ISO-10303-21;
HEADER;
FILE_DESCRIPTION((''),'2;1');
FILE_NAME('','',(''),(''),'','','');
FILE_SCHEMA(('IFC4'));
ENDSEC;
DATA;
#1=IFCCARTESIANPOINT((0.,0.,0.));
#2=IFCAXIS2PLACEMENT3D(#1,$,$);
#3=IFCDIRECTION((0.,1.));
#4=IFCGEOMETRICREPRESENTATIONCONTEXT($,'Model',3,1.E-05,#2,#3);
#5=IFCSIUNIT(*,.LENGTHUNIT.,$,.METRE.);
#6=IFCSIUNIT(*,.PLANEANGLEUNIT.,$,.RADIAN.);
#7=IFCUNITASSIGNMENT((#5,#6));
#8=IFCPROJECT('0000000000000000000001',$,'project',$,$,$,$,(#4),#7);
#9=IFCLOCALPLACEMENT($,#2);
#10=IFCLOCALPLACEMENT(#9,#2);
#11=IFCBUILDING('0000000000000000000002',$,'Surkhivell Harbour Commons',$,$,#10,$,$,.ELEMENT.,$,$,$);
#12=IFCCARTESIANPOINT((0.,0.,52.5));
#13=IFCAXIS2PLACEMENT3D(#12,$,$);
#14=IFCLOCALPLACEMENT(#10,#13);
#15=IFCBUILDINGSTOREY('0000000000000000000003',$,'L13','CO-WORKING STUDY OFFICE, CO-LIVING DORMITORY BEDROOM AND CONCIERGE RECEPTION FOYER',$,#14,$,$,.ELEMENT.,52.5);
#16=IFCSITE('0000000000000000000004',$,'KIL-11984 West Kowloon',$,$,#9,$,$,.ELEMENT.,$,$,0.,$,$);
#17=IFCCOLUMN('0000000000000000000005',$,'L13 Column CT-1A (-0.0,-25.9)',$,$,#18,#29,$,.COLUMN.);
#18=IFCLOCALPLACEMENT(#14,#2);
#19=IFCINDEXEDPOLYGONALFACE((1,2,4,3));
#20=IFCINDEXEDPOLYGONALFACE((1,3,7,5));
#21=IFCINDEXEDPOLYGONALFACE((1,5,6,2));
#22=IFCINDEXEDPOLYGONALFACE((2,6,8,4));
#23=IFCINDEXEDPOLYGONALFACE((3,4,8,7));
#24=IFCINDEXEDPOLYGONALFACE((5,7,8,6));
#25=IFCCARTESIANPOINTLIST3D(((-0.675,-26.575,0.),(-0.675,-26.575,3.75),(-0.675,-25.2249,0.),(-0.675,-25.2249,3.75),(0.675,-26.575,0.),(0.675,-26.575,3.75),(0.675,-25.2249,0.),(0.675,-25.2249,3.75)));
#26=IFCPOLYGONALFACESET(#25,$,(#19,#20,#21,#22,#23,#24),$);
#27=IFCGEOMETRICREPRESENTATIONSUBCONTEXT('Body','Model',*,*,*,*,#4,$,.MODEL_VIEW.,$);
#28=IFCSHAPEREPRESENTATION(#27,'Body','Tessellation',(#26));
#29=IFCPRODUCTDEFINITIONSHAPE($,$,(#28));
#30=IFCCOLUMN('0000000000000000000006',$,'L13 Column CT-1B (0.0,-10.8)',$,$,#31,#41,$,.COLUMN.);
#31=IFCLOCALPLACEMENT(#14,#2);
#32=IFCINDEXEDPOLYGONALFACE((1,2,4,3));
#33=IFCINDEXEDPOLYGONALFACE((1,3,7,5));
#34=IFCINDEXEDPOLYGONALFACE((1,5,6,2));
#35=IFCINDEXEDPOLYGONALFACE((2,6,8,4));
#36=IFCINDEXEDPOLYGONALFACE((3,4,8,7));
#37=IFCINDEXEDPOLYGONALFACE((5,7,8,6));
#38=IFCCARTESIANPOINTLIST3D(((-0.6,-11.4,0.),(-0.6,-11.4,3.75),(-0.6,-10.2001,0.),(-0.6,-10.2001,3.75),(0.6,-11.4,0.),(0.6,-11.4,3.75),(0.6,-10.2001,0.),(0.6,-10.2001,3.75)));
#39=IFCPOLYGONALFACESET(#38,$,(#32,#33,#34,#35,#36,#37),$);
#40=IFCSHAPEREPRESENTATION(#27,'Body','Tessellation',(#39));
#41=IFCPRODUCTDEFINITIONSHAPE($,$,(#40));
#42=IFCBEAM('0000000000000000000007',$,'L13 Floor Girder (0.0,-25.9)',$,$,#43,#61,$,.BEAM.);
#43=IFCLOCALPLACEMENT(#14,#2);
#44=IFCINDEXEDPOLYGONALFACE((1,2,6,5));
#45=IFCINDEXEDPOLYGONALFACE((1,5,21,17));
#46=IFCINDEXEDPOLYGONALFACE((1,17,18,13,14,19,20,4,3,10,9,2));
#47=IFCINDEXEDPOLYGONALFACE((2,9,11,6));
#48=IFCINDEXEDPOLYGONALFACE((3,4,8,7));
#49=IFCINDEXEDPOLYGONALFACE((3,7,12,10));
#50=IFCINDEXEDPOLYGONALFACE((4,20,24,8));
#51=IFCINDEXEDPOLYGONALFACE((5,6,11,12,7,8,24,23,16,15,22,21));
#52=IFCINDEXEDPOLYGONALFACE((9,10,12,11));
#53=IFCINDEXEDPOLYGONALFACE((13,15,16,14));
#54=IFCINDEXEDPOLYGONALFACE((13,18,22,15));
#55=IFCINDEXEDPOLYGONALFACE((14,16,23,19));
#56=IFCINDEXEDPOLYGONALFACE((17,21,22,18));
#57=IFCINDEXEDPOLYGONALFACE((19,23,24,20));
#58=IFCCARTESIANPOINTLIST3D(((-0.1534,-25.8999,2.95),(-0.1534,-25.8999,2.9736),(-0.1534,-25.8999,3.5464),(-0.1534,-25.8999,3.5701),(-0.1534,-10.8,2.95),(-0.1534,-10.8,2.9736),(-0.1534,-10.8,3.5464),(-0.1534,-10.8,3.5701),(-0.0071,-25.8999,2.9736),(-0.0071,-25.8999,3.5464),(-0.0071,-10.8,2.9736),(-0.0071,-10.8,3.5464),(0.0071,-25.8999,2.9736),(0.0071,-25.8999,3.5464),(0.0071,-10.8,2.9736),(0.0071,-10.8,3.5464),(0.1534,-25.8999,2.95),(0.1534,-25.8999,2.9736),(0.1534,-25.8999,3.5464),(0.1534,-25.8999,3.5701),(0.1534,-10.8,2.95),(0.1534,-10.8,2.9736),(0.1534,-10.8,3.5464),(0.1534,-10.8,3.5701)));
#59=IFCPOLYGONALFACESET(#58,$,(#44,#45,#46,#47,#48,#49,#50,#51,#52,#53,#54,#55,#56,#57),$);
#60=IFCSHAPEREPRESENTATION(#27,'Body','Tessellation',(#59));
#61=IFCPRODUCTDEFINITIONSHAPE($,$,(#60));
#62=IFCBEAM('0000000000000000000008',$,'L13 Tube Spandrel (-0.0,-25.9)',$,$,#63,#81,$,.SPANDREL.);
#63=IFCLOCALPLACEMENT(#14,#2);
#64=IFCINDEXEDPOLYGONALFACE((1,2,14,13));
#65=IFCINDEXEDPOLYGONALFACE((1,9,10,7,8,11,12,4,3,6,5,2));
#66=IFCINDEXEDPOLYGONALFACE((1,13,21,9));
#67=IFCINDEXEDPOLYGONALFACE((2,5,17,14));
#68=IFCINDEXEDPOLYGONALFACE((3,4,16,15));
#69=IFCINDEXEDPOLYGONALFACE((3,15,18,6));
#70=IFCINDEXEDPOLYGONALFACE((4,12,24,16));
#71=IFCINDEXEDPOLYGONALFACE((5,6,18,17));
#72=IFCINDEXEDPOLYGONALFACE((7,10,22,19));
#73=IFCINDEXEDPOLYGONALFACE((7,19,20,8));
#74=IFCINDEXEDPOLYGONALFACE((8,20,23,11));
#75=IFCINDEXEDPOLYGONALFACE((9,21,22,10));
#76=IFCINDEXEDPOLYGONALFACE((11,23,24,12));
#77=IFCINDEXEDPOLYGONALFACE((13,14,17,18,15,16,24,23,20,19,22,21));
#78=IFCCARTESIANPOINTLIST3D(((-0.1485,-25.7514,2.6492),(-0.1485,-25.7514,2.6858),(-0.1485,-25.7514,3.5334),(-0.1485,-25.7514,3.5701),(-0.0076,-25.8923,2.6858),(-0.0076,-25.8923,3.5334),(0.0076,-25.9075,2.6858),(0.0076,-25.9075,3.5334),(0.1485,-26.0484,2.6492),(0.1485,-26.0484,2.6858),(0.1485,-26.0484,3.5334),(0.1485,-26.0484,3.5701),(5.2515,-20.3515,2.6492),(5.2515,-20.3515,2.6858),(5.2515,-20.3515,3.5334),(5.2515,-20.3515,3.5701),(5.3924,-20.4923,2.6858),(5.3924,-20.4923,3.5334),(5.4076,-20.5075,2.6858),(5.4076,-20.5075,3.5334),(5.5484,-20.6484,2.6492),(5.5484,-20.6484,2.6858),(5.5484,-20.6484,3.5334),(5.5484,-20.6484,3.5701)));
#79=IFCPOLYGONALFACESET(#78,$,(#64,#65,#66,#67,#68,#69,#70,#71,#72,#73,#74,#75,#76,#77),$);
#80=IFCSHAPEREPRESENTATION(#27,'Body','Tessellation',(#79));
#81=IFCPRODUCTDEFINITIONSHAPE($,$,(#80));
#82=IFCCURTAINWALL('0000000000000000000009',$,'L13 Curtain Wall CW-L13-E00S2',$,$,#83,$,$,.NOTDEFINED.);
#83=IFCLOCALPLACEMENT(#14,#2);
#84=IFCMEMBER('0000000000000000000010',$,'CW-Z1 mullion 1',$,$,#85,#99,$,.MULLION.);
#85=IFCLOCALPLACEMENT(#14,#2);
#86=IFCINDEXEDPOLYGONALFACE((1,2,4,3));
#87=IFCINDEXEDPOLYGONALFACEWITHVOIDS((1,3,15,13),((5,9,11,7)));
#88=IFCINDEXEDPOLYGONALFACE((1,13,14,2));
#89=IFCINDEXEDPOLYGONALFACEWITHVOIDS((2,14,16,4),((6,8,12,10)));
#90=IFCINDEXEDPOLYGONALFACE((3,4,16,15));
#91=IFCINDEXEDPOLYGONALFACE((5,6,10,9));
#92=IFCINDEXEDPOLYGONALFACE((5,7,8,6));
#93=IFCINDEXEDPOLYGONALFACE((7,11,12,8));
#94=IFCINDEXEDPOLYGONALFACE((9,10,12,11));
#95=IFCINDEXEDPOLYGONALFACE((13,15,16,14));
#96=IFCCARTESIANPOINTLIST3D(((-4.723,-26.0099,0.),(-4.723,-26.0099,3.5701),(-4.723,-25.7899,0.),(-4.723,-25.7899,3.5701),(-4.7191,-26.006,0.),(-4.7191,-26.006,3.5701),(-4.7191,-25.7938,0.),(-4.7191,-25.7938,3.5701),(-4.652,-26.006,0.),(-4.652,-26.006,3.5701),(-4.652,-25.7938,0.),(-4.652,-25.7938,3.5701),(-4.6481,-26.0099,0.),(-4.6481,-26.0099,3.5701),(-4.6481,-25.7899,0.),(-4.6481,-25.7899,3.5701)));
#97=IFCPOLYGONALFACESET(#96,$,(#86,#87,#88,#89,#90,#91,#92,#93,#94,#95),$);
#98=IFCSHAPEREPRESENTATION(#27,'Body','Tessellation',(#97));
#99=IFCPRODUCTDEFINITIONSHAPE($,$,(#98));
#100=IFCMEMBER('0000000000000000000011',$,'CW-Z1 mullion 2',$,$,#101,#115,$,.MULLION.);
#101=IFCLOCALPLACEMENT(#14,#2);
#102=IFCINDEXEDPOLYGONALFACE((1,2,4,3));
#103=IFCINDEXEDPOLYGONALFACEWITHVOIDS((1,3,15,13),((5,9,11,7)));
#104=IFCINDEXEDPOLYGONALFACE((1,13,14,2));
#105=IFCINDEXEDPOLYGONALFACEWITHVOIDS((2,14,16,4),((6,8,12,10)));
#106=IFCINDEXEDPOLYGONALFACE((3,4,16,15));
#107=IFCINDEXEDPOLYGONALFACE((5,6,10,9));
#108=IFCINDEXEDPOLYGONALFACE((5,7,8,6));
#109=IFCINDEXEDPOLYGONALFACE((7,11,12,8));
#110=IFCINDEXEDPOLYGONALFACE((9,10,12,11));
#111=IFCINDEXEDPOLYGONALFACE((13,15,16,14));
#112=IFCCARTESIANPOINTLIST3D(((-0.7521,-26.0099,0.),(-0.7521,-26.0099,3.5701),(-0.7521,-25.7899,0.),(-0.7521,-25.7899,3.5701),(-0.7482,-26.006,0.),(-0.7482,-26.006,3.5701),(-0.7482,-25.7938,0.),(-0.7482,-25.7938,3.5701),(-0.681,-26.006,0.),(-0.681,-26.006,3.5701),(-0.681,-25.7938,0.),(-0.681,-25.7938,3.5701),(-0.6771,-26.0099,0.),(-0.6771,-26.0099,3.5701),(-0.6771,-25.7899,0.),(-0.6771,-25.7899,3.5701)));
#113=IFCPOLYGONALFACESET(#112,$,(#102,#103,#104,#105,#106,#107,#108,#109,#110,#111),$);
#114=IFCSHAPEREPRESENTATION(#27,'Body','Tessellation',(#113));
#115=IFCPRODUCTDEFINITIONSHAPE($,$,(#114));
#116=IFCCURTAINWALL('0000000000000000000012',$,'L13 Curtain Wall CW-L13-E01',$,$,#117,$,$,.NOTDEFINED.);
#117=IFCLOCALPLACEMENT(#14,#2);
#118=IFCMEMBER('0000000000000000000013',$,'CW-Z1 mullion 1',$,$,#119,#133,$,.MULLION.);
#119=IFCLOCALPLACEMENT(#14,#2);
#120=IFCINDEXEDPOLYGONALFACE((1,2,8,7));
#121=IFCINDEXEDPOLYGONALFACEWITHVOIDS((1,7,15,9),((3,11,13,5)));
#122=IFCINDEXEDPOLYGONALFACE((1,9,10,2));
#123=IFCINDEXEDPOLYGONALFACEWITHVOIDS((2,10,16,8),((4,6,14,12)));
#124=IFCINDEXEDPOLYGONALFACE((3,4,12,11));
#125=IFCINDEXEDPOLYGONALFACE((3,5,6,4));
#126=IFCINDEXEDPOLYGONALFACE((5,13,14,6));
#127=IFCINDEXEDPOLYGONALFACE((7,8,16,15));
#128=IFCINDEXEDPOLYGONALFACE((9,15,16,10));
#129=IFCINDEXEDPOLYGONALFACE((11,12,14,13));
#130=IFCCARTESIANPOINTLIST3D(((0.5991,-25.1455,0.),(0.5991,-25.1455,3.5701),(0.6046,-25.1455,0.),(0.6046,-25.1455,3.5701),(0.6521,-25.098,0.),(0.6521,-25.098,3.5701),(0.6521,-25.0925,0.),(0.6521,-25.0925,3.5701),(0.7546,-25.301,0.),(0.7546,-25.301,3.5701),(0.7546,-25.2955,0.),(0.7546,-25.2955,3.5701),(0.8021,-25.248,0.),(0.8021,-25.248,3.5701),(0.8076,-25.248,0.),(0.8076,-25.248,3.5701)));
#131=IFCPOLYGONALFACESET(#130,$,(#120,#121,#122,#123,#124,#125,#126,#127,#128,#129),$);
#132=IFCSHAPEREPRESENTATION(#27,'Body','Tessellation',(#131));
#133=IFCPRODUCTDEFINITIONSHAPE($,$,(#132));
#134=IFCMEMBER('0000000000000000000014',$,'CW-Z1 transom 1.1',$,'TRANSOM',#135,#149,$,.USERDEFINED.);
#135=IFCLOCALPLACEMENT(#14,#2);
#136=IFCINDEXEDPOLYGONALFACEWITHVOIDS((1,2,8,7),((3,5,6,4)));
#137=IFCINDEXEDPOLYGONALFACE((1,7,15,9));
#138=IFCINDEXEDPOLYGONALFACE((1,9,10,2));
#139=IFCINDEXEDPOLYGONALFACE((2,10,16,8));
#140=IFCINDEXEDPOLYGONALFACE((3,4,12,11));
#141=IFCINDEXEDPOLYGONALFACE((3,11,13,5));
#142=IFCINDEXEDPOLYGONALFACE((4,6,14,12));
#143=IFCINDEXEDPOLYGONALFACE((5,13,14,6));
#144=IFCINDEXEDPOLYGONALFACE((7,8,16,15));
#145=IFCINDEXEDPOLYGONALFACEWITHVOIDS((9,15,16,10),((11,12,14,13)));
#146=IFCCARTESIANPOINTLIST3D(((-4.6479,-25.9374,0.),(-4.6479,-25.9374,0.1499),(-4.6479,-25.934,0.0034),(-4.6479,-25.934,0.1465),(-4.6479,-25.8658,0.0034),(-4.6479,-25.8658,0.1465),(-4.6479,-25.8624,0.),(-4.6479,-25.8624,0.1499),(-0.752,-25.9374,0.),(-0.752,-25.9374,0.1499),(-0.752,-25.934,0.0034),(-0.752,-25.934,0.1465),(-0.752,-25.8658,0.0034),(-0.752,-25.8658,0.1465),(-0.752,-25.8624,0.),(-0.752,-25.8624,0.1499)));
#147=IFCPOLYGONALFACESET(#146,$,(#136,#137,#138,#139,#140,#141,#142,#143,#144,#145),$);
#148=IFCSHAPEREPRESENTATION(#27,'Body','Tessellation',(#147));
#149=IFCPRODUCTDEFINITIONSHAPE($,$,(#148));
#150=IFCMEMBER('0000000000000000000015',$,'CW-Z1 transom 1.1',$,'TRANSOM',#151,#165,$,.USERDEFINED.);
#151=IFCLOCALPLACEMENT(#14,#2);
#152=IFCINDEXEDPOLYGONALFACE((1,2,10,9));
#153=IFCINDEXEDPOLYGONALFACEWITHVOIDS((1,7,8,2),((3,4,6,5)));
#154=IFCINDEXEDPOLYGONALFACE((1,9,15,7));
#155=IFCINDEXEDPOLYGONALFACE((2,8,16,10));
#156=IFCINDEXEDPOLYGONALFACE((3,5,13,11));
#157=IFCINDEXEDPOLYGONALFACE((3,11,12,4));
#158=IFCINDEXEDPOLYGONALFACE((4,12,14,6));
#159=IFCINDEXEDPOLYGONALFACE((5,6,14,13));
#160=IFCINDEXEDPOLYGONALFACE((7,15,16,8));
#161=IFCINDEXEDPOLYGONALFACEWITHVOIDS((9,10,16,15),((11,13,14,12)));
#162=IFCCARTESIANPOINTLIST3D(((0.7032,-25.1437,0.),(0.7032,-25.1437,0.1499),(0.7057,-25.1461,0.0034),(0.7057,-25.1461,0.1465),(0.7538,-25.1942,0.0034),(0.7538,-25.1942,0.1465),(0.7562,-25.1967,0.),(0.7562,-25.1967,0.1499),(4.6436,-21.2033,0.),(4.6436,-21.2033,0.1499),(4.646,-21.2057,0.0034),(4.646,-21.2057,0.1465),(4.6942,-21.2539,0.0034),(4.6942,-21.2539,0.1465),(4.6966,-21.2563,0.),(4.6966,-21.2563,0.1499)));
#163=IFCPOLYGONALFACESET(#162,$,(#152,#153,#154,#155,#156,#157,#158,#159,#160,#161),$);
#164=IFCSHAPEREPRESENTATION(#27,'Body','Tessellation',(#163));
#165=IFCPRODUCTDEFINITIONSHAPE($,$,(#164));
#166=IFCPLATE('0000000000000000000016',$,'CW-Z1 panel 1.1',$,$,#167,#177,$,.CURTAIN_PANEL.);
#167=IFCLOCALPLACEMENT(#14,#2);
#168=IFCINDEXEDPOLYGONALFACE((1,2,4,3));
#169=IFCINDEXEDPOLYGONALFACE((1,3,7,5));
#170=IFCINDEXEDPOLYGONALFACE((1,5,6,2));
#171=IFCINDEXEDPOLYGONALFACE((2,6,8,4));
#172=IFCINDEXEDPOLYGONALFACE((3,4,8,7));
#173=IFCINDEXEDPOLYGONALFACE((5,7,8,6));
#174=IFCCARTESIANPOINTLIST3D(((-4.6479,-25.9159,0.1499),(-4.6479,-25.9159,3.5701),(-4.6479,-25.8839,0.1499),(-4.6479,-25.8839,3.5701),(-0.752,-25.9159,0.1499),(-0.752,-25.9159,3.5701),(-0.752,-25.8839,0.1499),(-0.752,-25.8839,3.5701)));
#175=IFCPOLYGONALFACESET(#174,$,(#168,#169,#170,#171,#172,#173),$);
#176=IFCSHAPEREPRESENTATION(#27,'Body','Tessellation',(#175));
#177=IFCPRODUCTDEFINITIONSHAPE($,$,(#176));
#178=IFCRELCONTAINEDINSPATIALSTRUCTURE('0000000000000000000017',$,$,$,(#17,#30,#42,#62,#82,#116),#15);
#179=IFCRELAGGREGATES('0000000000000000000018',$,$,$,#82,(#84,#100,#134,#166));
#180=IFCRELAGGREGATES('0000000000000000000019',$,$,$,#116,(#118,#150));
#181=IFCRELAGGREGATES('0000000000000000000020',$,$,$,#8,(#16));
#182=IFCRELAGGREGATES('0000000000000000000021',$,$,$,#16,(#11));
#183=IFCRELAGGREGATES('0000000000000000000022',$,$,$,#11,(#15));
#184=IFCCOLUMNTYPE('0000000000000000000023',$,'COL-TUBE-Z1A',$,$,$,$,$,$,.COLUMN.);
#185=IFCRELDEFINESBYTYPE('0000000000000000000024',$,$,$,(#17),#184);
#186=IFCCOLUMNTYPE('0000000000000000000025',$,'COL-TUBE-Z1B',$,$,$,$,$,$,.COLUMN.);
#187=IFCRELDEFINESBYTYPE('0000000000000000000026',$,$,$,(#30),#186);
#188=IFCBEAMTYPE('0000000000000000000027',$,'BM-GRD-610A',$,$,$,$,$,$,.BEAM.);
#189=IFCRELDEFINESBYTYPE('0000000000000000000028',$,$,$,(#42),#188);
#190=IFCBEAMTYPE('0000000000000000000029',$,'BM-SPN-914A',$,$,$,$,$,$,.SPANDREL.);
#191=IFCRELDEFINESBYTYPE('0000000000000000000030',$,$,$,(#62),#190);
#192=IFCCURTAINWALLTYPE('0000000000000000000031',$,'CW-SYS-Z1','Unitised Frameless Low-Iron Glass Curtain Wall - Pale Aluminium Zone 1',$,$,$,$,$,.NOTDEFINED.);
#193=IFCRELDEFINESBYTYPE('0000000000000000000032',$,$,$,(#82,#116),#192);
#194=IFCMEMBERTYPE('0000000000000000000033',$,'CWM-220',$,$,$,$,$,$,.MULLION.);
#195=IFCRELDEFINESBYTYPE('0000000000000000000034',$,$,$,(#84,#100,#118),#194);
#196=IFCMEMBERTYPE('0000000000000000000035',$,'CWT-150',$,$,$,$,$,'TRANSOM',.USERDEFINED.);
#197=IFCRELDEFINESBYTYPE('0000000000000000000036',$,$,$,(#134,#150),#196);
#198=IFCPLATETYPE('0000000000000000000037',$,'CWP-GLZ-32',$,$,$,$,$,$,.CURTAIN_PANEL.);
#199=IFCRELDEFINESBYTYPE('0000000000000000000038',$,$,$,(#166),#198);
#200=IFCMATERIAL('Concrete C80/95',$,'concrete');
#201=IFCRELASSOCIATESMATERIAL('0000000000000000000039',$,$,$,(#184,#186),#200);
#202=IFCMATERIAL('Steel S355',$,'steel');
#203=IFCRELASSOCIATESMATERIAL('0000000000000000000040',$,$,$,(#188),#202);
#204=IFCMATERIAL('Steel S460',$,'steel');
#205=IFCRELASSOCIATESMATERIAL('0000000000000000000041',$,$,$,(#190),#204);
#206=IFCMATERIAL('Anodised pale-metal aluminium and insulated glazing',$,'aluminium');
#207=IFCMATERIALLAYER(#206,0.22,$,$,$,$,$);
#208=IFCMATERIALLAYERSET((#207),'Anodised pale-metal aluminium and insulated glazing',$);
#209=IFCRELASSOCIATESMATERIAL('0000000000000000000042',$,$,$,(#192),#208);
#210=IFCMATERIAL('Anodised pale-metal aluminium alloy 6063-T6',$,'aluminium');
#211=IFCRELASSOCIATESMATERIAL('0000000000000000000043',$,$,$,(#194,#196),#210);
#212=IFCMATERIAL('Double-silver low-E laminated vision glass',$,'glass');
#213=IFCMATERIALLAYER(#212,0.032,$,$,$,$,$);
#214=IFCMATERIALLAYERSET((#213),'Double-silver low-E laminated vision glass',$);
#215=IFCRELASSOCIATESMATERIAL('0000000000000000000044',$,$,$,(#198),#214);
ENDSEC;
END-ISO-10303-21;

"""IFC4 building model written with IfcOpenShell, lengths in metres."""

from ifc_helpers import new_model, si_unit, direction, frame, frame_2d, origin, origin_2d, place, context, subcontext, project, spatial, rectangle, hollow_rectangle, i_section, extrude, material, layer, layer_set, material_profile, profile_set, type_object, element, aggregate, save


model = new_model("IFC4")

# Units and contexts
model_context = context("Model", 3, precision=1e-05, world=origin(), true_north=direction((0.0, 1.0)))
body_context = subcontext(model_context, "Body", "Model", "MODEL_VIEW")
ifc_project = project(units=[si_unit("LENGTHUNIT", "METRE"), si_unit("PLANEANGLEUNIT", "RADIAN")], contexts=[model_context])

# Site, building, storey
site_placement = place(None, origin())
site = spatial("IfcSite", under=ifc_project, at=site_placement, Name="KIL-11984 West Kowloon", CompositionType="ELEMENT", RefElevation=0.0)
building_placement = place(site_placement, origin())
building = spatial("IfcBuilding", under=site, at=building_placement, Name="Surkhivell Harbour Commons", CompositionType="ELEMENT")
storey_placement = place(building_placement, frame((0.0, 0.0, 52.5)))
storey = spatial("IfcBuildingStorey", under=building, at=storey_placement, Name="L13", Description="CO-WORKING STUDY OFFICE, CO-LIVING DORMITORY BEDROOM AND CONCIERGE RECEPTION FOYER", CompositionType="ELEMENT", Elevation=52.5)

# Columns
ifc_material_1 = material(Name="Concrete C80/95", Category="concrete")
ifc_material_profile_1 = material_profile(ifc_material_1, rectangle(XDim=1.3501, YDim=1.3501, at=origin_2d()), Name="RC-COL-1350x1350")
ifc_profile_set_1 = profile_set([ifc_material_profile_1], Name="Concrete C80/95")
column_type_1 = type_object("IfcColumnType", Name="COL-TUBE-Z1A", PredefinedType="COLUMN", material=ifc_profile_set_1)
column_1_placement = place(storey_placement, frame((0.0, -25.8999, 0.0), z_axis=(0.0, 0.0, 1.0), x_axis=(1.0, 0.0, 0.0)))
element("IfcColumn", 1, at=column_1_placement, inside=storey, type_object=column_type_1, Name="L13 Column CT-1A (-0.0,-25.9)", PredefinedType="COLUMN", context=body_context, shape_type="SweptSolid", body=[
    extrude(rectangle(XDim=1.3501, YDim=1.3501, at=origin_2d()), origin(), (0.0, 0.0, 1.0), 3.75),
])
ifc_material_profile_2 = material_profile(ifc_material_1, rectangle(XDim=1.2, YDim=1.2, at=origin_2d()), Name="RC-COL-1200x1200")
ifc_profile_set_2 = profile_set([ifc_material_profile_2], Name="Concrete C80/95")
column_type_2 = type_object("IfcColumnType", Name="COL-TUBE-Z1B", PredefinedType="COLUMN", material=ifc_profile_set_2)
column_2_placement = place(storey_placement, frame((0.0, -10.8, 0.0), z_axis=(0.0, 0.0, 1.0), x_axis=(1.0, 0.0, 0.0)))
element("IfcColumn", 2, at=column_2_placement, inside=storey, type_object=column_type_2, Name="L13 Column CT-1B (0.0,-10.8)", PredefinedType="COLUMN", context=body_context, shape_type="SweptSolid", body=[
    extrude(rectangle(XDim=1.2, YDim=1.2, at=origin_2d()), origin(), (0.0, 0.0, 1.0), 3.75),
])

# Beams
ifc_material_2 = material(Name="Steel S355", Category="steel")
ifc_material_profile_3 = material_profile(ifc_material_2, i_section(OverallWidth=0.3069, OverallDepth=0.6201, WebThickness=0.0142, FlangeThickness=0.0237, at=origin_2d()), Name="UB610x305x179")
ifc_profile_set_3 = profile_set([ifc_material_profile_3], Name="Steel S355")
beam_type_1 = type_object("IfcBeamType", Name="BM-GRD-610A", PredefinedType="BEAM", material=ifc_profile_set_3)
beam_1_placement = place(storey_placement, frame((0.0, -25.8999, 3.26), z_axis=(0.0, 1.0, 0.0), x_axis=(-1.0, 0.0, 0.0)))
element("IfcBeam", 3, at=beam_1_placement, inside=storey, type_object=beam_type_1, Name="L13 Floor Girder (0.0,-25.9)", PredefinedType="BEAM", context=body_context, shape_type="SweptSolid", body=[
    extrude(i_section(OverallWidth=0.3069, OverallDepth=0.6201, WebThickness=0.0142, FlangeThickness=0.0237, at=origin_2d()), origin(), (0.0, 0.0, 1.0), 15.0999),
])
ifc_material_3 = material(Name="Steel S460", Category="steel")
ifc_material_profile_4 = material_profile(ifc_material_3, i_section(OverallWidth=0.4199, OverallDepth=0.9209, WebThickness=0.0215, FlangeThickness=0.0366, at=origin_2d()), Name="UB914x419x388")
ifc_profile_set_4 = profile_set([ifc_material_profile_4], Name="Steel S460")
beam_type_2 = type_object("IfcBeamType", Name="BM-SPN-914A", PredefinedType="SPANDREL", material=ifc_profile_set_4)
beam_2_placement = place(storey_placement, frame((0.0, -25.8999, 3.1096), z_axis=(0.707107, 0.707107, 0.0), x_axis=(-0.707107, 0.707107, 0.0)))
element("IfcBeam", 4, at=beam_2_placement, inside=storey, type_object=beam_type_2, Name="L13 Tube Spandrel (-0.0,-25.9)", PredefinedType="SPANDREL", context=body_context, shape_type="SweptSolid", body=[
    extrude(i_section(OverallWidth=0.4199, OverallDepth=0.9209, WebThickness=0.0215, FlangeThickness=0.0366, at=origin_2d()), origin(), (0.0, 0.0, 1.0), 7.6367),
])

# Curtain wall, members
ifc_material_4 = material(Name="Anodised pale-metal aluminium and insulated glazing", Category="aluminium")
ifc_layer_1 = layer(ifc_material_4, 0.22)
ifc_layer_set_1 = layer_set([ifc_layer_1], Name="Anodised pale-metal aluminium and insulated glazing")
curtain_wall_type = type_object("IfcCurtainWallType", Name="CW-SYS-Z1", Description="Unitised Frameless Low-Iron Glass Curtain Wall - Pale Aluminium Zone 1", PredefinedType="NOTDEFINED", material=ifc_layer_set_1)
curtain_wall_1_placement = place(storey_placement, origin())
curtain_wall_1 = element("IfcCurtainWall", 5, at=curtain_wall_1_placement, inside=storey, type_object=curtain_wall_type, Name="L13 Curtain Wall CW-L13-E00S2", PredefinedType="NOTDEFINED")
ifc_material_5 = material(Name="Anodised pale-metal aluminium alloy 6063-T6", Category="aluminium")
ifc_material_profile_5 = material_profile(ifc_material_5, hollow_rectangle(XDim=0.075, YDim=0.22, WallThickness=0.0039, at=origin_2d()), Name="ALU-MULL-75x220")
ifc_profile_set_5 = profile_set([ifc_material_profile_5], Name="Anodised pale-metal aluminium alloy 6063-T6")
member_type_1 = type_object("IfcMemberType", Name="CWM-220", PredefinedType="MULLION", material=ifc_profile_set_5)
member_1_placement = place(storey_placement, frame((-4.6855, -25.8999, 0.0), z_axis=(0.0, 0.0, 1.0), x_axis=(1.0, 0.0, 0.0)))
member_1 = element("IfcMember", 6, at=member_1_placement, type_object=member_type_1, Name="CW-Z1 mullion 1", PredefinedType="MULLION", context=body_context, shape_type="SweptSolid", body=[
    extrude(hollow_rectangle(XDim=0.075, YDim=0.22, WallThickness=0.0039, at=origin_2d()), origin(), (0.0, 0.0, 1.0), 3.5701),
])
member_2_placement = place(storey_placement, frame((-0.7146, -25.8999, 0.0), z_axis=(0.0, 0.0, 1.0), x_axis=(1.0, 0.0, 0.0)))
member_2 = element("IfcMember", 7, at=member_2_placement, type_object=member_type_1, Name="CW-Z1 mullion 2", PredefinedType="MULLION", context=body_context, shape_type="SweptSolid", body=[
    extrude(hollow_rectangle(XDim=0.075, YDim=0.22, WallThickness=0.0039, at=origin_2d()), origin(), (0.0, 0.0, 1.0), 3.5701),
])

# Curtain wall, member
curtain_wall_2_placement = place(storey_placement, origin())
curtain_wall_2 = element("IfcCurtainWall", 8, at=curtain_wall_2_placement, inside=storey, type_object=curtain_wall_type, Name="L13 Curtain Wall CW-L13-E01", PredefinedType="NOTDEFINED")
member_3_placement = place(storey_placement, frame((0.7034, -25.1968, 0.0), z_axis=(0.0, 0.0, 1.0), x_axis=(0.707107, 0.707107, 0.0)))
member_3 = element("IfcMember", 9, at=member_3_placement, type_object=member_type_1, Name="CW-Z1 mullion 1", PredefinedType="MULLION", context=body_context, shape_type="SweptSolid", body=[
    extrude(hollow_rectangle(XDim=0.075, YDim=0.22, WallThickness=0.0039, at=origin_2d()), origin(), (0.0, 0.0, 1.0), 3.5701),
])

# Members
ifc_material_profile_6 = material_profile(ifc_material_5, hollow_rectangle(XDim=0.075, YDim=0.1499, WallThickness=0.0034, at=origin_2d()), Name="ALU-TRAN-75x150")
ifc_profile_set_6 = profile_set([ifc_material_profile_6], Name="Anodised pale-metal aluminium alloy 6063-T6")
member_type_2 = type_object("IfcMemberType", Name="CWT-150", ElementType="TRANSOM", PredefinedType="USERDEFINED", material=ifc_profile_set_6)
member_4_placement = place(storey_placement, frame((-4.6479, -25.8999, 0.075), z_axis=(1.0, 0.0, 0.0), x_axis=(0.0, 1.0, 0.0)))
member_4 = element("IfcMember", 10, at=member_4_placement, type_object=member_type_2, Name="CW-Z1 transom 1.1", ObjectType="TRANSOM", PredefinedType="USERDEFINED", context=body_context, shape_type="SweptSolid", body=[
    extrude(hollow_rectangle(XDim=0.075, YDim=0.1499, WallThickness=0.0034, at=origin_2d()), origin(), (0.0, 0.0, 1.0), 3.896),
])
member_5_placement = place(storey_placement, frame((0.7297, -25.1702, 0.075), z_axis=(0.707107, 0.707107, 0.0), x_axis=(-0.707107, 0.707107, 0.0)))
member_5 = element("IfcMember", 11, at=member_5_placement, type_object=member_type_2, Name="CW-Z1 transom 1.1", ObjectType="TRANSOM", PredefinedType="USERDEFINED", context=body_context, shape_type="SweptSolid", body=[
    extrude(hollow_rectangle(XDim=0.075, YDim=0.1499, WallThickness=0.0034, at=origin_2d()), origin(), (0.0, 0.0, 1.0), 5.5725),
])

# Plate
ifc_material_6 = material(Name="Double-silver low-E laminated vision glass", Category="glass")
ifc_layer_2 = layer(ifc_material_6, 0.032)
ifc_layer_set_2 = layer_set([ifc_layer_2], Name="Double-silver low-E laminated vision glass")
plate_type = type_object("IfcPlateType", Name="CWP-GLZ-32", PredefinedType="CURTAIN_PANEL", material=ifc_layer_set_2)
plate_1_placement = place(storey_placement, frame((-4.6479, -25.8999, 0.1499), z_axis=(0.0, 0.0, 1.0), x_axis=(1.0, 0.0, 0.0)))
plate_1 = element("IfcPlate", 12, at=plate_1_placement, type_object=plate_type, Name="CW-Z1 panel 1.1", PredefinedType="CURTAIN_PANEL", context=body_context, shape_type="SweptSolid", body=[
    extrude(rectangle(XDim=3.896, YDim=0.032, at=frame_2d((1.948, 0.0))), origin(), (0.0, 0.0, 1.0), 3.4202),
])
aggregate(curtain_wall_1, [member_1, member_2, member_4, plate_1])
aggregate(curtain_wall_2, [member_3, member_5])

save(model, "model.ifc")
